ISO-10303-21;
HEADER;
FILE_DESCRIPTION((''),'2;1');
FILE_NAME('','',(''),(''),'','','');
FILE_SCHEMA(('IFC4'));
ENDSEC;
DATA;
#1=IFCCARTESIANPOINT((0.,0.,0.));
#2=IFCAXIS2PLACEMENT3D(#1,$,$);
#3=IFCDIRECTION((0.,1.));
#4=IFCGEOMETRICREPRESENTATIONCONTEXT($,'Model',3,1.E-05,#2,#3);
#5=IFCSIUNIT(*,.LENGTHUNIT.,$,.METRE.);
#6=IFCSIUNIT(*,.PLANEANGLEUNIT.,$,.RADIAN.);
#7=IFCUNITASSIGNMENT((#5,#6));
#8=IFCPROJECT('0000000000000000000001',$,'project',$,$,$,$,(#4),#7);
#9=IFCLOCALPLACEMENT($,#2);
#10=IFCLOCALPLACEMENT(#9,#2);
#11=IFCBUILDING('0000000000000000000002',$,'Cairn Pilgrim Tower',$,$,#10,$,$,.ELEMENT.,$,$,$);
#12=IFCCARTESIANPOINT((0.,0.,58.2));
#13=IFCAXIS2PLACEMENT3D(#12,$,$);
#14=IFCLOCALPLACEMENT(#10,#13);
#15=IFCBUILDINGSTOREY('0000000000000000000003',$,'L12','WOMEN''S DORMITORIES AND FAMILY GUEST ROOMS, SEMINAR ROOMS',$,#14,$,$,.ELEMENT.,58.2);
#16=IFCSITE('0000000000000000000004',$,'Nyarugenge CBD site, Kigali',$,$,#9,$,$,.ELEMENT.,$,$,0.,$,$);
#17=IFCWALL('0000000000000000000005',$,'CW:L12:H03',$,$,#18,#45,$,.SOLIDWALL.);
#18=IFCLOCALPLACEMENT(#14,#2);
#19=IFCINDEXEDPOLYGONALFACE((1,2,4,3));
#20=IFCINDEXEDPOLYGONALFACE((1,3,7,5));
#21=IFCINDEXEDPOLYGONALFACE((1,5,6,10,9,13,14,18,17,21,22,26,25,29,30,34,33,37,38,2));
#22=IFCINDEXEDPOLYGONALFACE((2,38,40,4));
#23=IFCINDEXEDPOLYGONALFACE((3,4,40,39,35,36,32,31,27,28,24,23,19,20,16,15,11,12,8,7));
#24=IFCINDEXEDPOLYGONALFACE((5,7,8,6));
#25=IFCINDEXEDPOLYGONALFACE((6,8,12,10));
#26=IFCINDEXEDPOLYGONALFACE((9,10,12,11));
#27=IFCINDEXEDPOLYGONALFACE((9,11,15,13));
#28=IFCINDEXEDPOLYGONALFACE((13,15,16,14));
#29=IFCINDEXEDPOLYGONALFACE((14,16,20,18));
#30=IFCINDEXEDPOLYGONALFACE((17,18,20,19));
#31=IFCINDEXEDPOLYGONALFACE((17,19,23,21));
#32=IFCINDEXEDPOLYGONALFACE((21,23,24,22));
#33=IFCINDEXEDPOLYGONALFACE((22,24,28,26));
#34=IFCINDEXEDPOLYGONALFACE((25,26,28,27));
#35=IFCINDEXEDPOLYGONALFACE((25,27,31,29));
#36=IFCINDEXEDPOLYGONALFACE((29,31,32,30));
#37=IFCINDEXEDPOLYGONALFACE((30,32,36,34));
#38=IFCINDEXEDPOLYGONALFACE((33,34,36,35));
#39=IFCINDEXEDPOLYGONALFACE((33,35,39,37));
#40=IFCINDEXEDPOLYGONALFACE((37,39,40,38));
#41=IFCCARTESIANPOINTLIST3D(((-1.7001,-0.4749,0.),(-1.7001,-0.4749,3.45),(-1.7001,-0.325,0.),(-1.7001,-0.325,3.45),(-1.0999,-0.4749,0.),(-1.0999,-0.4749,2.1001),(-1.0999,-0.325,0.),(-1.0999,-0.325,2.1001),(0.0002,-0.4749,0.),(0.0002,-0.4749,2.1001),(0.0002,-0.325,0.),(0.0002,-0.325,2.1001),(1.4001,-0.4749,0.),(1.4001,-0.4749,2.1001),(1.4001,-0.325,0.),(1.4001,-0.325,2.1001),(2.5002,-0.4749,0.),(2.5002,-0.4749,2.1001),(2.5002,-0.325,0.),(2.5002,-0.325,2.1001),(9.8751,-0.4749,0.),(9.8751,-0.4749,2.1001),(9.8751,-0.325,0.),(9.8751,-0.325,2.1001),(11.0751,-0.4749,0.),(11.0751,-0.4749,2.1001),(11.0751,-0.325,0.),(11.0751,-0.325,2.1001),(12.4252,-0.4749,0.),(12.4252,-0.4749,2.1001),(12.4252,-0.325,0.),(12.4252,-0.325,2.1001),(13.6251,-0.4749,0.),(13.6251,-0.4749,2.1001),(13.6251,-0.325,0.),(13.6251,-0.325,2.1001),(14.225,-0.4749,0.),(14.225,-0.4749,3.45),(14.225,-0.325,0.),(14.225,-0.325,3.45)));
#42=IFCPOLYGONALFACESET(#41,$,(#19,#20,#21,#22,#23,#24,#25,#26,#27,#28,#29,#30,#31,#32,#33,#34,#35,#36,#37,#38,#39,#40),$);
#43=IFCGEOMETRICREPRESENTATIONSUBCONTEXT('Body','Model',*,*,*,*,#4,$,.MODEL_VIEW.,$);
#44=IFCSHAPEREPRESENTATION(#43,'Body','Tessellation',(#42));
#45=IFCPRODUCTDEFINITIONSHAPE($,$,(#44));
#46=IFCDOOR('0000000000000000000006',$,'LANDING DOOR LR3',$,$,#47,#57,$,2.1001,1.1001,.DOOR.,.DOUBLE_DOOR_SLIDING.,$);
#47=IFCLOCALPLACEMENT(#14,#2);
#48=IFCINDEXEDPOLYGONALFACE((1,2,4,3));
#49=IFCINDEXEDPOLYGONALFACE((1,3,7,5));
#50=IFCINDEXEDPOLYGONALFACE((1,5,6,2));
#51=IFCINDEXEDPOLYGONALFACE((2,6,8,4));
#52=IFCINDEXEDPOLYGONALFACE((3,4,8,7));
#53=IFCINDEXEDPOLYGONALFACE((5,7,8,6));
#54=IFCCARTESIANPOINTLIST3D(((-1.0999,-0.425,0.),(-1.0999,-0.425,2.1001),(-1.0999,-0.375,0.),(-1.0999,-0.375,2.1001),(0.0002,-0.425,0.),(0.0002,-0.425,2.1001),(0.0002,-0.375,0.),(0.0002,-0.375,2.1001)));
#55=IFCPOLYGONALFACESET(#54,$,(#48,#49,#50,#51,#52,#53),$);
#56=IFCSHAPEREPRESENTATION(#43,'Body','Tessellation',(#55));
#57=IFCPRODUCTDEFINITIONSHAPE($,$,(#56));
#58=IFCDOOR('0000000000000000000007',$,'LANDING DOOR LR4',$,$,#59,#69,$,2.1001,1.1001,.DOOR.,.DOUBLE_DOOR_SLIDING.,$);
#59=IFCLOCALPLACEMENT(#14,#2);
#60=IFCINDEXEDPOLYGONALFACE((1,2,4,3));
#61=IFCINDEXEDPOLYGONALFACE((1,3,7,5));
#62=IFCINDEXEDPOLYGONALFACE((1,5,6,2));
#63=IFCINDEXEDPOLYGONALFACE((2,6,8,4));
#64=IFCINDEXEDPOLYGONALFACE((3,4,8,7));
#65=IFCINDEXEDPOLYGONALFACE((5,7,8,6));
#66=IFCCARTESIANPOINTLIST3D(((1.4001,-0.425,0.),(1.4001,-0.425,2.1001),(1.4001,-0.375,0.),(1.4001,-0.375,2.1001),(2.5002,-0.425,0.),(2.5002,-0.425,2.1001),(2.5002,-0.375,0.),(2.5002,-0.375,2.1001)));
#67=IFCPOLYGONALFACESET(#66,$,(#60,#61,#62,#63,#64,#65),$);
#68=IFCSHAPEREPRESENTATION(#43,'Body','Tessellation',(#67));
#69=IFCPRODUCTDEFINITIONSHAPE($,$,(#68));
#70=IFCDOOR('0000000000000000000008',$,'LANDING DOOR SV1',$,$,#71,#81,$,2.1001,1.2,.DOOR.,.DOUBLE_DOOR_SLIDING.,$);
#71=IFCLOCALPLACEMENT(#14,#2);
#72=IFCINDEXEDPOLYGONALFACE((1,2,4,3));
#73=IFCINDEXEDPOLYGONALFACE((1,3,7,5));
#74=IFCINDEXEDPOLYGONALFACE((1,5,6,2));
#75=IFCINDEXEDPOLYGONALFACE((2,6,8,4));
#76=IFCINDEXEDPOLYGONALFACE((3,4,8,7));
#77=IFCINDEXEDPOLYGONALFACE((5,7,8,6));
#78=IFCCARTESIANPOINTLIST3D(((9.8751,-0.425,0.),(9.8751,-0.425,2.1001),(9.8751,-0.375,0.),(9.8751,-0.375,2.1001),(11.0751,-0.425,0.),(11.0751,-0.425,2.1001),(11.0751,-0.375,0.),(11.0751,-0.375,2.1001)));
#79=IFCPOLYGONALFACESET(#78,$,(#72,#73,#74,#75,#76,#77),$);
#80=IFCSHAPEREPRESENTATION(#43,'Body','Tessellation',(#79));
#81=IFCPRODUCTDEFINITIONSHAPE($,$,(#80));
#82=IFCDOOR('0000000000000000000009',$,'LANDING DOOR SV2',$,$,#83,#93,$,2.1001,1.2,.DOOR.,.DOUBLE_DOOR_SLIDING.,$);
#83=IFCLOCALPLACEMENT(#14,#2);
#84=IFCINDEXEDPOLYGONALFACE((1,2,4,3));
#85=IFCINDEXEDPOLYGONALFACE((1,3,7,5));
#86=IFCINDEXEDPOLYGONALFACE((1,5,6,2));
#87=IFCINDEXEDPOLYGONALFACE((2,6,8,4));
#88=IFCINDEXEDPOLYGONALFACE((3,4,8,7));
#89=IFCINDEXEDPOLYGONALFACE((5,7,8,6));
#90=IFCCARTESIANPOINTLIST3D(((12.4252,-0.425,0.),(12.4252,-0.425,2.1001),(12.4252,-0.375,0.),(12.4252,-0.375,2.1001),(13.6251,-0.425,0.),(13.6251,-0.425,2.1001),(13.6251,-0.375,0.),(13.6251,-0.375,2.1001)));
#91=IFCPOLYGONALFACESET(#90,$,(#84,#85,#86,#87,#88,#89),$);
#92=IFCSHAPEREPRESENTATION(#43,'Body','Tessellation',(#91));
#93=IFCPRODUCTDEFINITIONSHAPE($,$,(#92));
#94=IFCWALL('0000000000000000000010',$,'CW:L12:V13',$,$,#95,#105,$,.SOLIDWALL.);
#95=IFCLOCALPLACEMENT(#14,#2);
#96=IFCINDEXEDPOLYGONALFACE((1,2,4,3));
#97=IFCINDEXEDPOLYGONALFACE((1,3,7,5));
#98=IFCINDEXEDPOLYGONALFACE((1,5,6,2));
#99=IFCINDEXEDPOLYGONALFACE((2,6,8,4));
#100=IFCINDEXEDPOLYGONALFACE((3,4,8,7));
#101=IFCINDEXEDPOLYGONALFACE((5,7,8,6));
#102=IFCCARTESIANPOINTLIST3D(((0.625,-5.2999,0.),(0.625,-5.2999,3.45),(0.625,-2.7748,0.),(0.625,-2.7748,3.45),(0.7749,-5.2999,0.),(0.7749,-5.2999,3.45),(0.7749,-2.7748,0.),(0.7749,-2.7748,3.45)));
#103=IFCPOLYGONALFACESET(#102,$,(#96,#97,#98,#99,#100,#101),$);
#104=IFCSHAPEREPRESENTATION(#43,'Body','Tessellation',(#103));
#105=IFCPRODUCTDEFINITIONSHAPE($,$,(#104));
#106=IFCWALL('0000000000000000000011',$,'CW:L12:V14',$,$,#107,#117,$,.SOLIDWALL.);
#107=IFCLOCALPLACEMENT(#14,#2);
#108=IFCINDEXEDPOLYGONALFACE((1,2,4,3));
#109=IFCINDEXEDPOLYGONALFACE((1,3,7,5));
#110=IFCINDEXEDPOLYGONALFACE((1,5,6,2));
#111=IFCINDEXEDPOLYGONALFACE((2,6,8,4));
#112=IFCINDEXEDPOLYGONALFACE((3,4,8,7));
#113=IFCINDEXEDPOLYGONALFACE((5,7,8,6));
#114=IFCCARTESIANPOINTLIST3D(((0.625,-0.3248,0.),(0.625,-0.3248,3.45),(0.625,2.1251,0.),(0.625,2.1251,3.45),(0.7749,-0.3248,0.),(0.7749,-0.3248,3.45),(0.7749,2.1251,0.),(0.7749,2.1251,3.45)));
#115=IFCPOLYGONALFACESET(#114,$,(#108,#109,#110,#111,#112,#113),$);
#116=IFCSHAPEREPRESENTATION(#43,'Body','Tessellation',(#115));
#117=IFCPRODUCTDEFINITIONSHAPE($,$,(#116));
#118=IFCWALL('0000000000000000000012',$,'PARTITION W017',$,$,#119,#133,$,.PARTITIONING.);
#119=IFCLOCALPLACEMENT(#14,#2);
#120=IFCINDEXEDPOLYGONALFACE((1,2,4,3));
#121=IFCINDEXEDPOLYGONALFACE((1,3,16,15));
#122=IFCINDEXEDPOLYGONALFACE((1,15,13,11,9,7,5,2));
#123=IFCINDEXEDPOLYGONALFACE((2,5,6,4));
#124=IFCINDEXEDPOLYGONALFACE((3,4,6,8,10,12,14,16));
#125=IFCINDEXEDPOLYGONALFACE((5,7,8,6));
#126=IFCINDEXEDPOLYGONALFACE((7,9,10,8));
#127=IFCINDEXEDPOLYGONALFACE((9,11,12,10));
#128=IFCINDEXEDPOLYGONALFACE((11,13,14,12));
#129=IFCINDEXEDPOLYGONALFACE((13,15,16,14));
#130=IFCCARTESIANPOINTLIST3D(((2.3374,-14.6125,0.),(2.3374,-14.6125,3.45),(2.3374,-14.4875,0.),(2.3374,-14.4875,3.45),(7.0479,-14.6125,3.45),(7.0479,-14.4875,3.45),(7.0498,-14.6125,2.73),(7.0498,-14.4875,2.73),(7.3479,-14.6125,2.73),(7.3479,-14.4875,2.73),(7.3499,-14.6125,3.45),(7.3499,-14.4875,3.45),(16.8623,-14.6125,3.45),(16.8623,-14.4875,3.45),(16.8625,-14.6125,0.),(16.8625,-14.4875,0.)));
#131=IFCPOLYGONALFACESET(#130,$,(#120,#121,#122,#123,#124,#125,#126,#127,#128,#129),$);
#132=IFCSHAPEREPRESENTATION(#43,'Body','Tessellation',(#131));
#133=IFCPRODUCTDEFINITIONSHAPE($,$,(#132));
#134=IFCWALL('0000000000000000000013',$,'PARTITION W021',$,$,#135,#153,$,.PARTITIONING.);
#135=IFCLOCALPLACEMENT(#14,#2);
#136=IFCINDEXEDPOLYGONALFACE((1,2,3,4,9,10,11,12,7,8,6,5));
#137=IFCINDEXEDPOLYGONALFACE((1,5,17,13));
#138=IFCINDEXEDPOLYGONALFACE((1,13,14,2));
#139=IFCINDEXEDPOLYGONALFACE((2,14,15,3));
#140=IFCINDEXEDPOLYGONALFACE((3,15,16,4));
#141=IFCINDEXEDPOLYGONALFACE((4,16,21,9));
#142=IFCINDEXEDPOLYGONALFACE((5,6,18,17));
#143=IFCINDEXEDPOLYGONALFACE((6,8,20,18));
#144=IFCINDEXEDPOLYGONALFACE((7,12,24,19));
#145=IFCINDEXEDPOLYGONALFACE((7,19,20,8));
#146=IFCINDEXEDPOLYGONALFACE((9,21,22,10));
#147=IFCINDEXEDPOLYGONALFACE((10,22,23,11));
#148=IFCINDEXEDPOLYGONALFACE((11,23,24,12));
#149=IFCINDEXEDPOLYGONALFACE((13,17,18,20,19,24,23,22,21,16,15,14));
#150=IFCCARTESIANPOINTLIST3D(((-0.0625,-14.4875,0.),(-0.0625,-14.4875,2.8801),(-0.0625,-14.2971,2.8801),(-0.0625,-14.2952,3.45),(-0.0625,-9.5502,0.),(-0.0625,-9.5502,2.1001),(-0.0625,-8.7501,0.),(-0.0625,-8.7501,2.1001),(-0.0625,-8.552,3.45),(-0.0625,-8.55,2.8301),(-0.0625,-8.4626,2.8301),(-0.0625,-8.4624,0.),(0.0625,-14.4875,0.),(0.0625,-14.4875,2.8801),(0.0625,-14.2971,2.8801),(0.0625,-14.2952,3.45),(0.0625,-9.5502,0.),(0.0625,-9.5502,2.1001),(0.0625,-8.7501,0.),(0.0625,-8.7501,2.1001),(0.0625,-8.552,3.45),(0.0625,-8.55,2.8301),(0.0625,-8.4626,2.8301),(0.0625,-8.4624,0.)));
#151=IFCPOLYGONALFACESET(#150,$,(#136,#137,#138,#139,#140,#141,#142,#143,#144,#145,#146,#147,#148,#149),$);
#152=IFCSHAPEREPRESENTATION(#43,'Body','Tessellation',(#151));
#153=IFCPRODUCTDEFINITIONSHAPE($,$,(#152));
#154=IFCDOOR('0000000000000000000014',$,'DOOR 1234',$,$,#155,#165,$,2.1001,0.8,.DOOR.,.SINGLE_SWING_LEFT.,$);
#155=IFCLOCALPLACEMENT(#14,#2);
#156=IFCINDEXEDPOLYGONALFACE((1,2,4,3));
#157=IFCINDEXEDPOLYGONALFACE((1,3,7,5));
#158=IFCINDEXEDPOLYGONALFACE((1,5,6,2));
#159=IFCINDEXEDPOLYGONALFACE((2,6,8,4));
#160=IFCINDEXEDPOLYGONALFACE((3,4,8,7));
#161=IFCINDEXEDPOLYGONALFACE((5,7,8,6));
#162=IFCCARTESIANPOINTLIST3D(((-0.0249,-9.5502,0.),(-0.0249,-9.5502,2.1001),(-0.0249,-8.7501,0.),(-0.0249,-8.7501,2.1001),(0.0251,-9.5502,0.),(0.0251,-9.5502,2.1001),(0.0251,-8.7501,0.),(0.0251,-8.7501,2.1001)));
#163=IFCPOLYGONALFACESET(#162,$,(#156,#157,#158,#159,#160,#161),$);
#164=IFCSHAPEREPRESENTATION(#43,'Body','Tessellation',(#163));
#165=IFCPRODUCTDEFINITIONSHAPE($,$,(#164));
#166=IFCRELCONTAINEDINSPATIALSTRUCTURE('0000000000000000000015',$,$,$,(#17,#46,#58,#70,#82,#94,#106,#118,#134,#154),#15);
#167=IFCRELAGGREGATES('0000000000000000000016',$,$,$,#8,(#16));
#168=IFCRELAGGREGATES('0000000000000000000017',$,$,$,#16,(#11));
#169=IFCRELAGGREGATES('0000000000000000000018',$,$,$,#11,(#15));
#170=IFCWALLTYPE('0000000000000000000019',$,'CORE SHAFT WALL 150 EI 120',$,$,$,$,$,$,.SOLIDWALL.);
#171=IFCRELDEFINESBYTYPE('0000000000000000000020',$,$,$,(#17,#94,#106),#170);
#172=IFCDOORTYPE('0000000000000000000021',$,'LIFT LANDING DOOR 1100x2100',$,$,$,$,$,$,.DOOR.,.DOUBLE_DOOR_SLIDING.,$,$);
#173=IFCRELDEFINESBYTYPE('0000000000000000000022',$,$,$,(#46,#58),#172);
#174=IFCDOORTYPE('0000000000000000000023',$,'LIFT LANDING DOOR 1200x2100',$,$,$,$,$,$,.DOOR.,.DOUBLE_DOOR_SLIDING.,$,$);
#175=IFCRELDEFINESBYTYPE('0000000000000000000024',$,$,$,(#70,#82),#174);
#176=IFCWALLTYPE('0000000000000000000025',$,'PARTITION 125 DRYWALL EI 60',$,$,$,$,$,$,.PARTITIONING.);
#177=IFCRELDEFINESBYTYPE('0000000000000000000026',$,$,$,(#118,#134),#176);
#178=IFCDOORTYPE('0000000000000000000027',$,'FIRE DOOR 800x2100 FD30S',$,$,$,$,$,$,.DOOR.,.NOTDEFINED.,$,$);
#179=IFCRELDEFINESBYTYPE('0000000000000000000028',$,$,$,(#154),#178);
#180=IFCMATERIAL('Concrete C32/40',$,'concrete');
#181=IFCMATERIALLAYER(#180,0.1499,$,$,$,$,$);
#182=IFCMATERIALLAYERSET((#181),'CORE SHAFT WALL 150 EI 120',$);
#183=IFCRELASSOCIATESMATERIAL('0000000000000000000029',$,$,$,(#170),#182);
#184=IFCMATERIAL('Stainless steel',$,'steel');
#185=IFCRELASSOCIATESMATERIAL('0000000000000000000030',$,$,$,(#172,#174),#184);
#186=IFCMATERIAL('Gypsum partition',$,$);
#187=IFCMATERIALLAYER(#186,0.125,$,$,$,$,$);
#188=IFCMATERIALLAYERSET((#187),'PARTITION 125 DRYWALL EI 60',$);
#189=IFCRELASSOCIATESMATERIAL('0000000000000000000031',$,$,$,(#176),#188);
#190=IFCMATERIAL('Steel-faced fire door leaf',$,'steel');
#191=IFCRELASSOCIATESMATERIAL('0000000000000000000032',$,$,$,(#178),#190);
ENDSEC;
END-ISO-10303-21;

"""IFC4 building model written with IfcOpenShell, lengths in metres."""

from ifc_helpers import new_model, si_unit, direction, frame, frame_2d, origin, place, context, subcontext, project, spatial, polyline, rectangle, outline, extrude, material, layer, layer_set, type_object, element, fill, save


model = new_model("IFC4")

# Units and contexts
model_context = context("Model", 3, precision=1e-05, world=origin(), true_north=direction((0.0, 1.0)))
body_context = subcontext(model_context, "Body", "Model", "MODEL_VIEW")
ifc_project = project(units=[si_unit("LENGTHUNIT", "METRE"), si_unit("PLANEANGLEUNIT", "RADIAN")], contexts=[model_context])

# Site, building, storey
site_placement = place(None, origin())
site = spatial("IfcSite", under=ifc_project, at=site_placement, Name="Nyarugenge CBD site, Kigali", CompositionType="ELEMENT", RefElevation=0.0)
building_placement = place(site_placement, origin())
building = spatial("IfcBuilding", under=site, at=building_placement, Name="Cairn Pilgrim Tower", CompositionType="ELEMENT")
storey_placement = place(building_placement, frame((0.0, 0.0, 58.2)))
storey = spatial("IfcBuildingStorey", under=building, at=storey_placement, Name="L12", Description="WOMEN'S DORMITORIES AND FAMILY GUEST ROOMS, SEMINAR ROOMS", CompositionType="ELEMENT", Elevation=58.2)

# Shared definitions
ifc_material_1 = material(Name="Concrete C32/40", Category="concrete")

# Wall, openings, doors
ifc_layer_1 = layer(ifc_material_1, 0.1499)
ifc_layer_set_1 = layer_set([ifc_layer_1], Name="CORE SHAFT WALL 150 EI 120")
wall_type_1 = type_object("IfcWallType", Name="CORE SHAFT WALL 150 EI 120", PredefinedType="SOLIDWALL", material=ifc_layer_set_1)
ifc_material_2 = material(Name="Stainless steel", Category="steel")
door_type_1 = type_object("IfcDoorType", Name="LIFT LANDING DOOR 1100x2100", OperationType="DOUBLE_DOOR_SLIDING", PredefinedType="DOOR", material=ifc_material_2)
wall_1_placement = place(storey_placement, frame((-1.7, -0.3999, 0.0), z_axis=(0.0, 0.0, 1.0), x_axis=(1.0, 0.0, 0.0)))
wall_1 = element("IfcWall", 1, at=wall_1_placement, inside=storey, type_object=wall_type_1, Name="CW:L12:H03", PredefinedType="SOLIDWALL", context=body_context, shape_type="SweptSolid", body=[
    extrude(rectangle(XDim=15.925, YDim=0.1499, at=frame_2d((7.9624, 0.0))), origin(), (0.0, 0.0, 1.0), 3.45),
])
opening_1_placement = place(wall_1_placement, frame((0.6001, 0.0, 0.0)))
opening_1 = element("IfcOpeningElement", 2, at=opening_1_placement, cuts=wall_1, PredefinedType="OPENING", context=body_context, shape_type="SweptSolid", body=[
    extrude(rectangle(XDim=1.1001, YDim=2.1001, at=frame_2d((0.55, 1.05))), frame((0.0, 0.085, 0.0), z_axis=(0.0, -1.0, 0.0), x_axis=(1.0, 0.0, 0.0)), (0.0, 0.0, 1.0), 0.1699),
])
opening_2_placement = place(wall_1_placement, frame((3.1001, 0.0, 0.0)))
opening_2 = element("IfcOpeningElement", 3, at=opening_2_placement, cuts=wall_1, PredefinedType="OPENING", context=body_context, shape_type="SweptSolid", body=[
    extrude(rectangle(XDim=1.1001, YDim=2.1001, at=frame_2d((0.55, 1.05))), frame((0.0, 0.085, 0.0), z_axis=(0.0, -1.0, 0.0), x_axis=(1.0, 0.0, 0.0)), (0.0, 0.0, 1.0), 0.1699),
])
opening_3_placement = place(wall_1_placement, frame((11.575, 0.0, 0.0)))
opening_3 = element("IfcOpeningElement", 4, at=opening_3_placement, cuts=wall_1, PredefinedType="OPENING", context=body_context, shape_type="SweptSolid", body=[
    extrude(rectangle(XDim=1.2, YDim=2.1001, at=frame_2d((0.6001, 1.05))), frame((0.0, 0.085, 0.0), z_axis=(0.0, -1.0, 0.0), x_axis=(1.0, 0.0, 0.0)), (0.0, 0.0, 1.0), 0.1699),
])
opening_4_placement = place(wall_1_placement, frame((14.125, 0.0, 0.0)))
opening_4 = element("IfcOpeningElement", 5, at=opening_4_placement, cuts=wall_1, PredefinedType="OPENING", context=body_context, shape_type="SweptSolid", body=[
    extrude(rectangle(XDim=1.2, YDim=2.1001, at=frame_2d((0.6001, 1.05))), frame((0.0, 0.085, 0.0), z_axis=(0.0, -1.0, 0.0), x_axis=(1.0, 0.0, 0.0)), (0.0, 0.0, 1.0), 0.1699),
])
door_1_placement = place(opening_1_placement, origin())
door_1 = element("IfcDoor", 6, at=door_1_placement, inside=storey, type_object=door_type_1, Name="LANDING DOOR LR3", OperationType="DOUBLE_DOOR_SLIDING", OverallHeight=2.1001, OverallWidth=1.1001, PredefinedType="DOOR", context=body_context, shape_type="SweptSolid", body=[
    extrude(rectangle(XDim=1.1001, YDim=2.1001, at=frame_2d((0.55, 1.05))), frame((0.0, 0.0249, 0.0), z_axis=(0.0, -1.0, 0.0), x_axis=(1.0, 0.0, 0.0)), (0.0, 0.0, 1.0), 0.05),
])
fill(opening_1, door_1)
door_2_placement = place(opening_2_placement, origin())
door_2 = element("IfcDoor", 7, at=door_2_placement, inside=storey, type_object=door_type_1, Name="LANDING DOOR LR4", OperationType="DOUBLE_DOOR_SLIDING", OverallHeight=2.1001, OverallWidth=1.1001, PredefinedType="DOOR", context=body_context, shape_type="SweptSolid", body=[
    extrude(rectangle(XDim=1.1001, YDim=2.1001, at=frame_2d((0.55, 1.05))), frame((0.0, 0.0249, 0.0), z_axis=(0.0, -1.0, 0.0), x_axis=(1.0, 0.0, 0.0)), (0.0, 0.0, 1.0), 0.05),
])
fill(opening_2, door_2)
door_type_2 = type_object("IfcDoorType", Name="LIFT LANDING DOOR 1200x2100", OperationType="DOUBLE_DOOR_SLIDING", PredefinedType="DOOR", material=ifc_material_2)
door_3_placement = place(opening_3_placement, origin())
door_3 = element("IfcDoor", 8, at=door_3_placement, inside=storey, type_object=door_type_2, Name="LANDING DOOR SV1", OperationType="DOUBLE_DOOR_SLIDING", OverallHeight=2.1001, OverallWidth=1.2, PredefinedType="DOOR", context=body_context, shape_type="SweptSolid", body=[
    extrude(rectangle(XDim=1.2, YDim=2.1001, at=frame_2d((0.6001, 1.05))), frame((0.0, 0.0249, 0.0), z_axis=(0.0, -1.0, 0.0), x_axis=(1.0, 0.0, 0.0)), (0.0, 0.0, 1.0), 0.05),
])
fill(opening_3, door_3)
door_4_placement = place(opening_4_placement, origin())
door_4 = element("IfcDoor", 9, at=door_4_placement, inside=storey, type_object=door_type_2, Name="LANDING DOOR SV2", OperationType="DOUBLE_DOOR_SLIDING", OverallHeight=2.1001, OverallWidth=1.2, PredefinedType="DOOR", context=body_context, shape_type="SweptSolid", body=[
    extrude(rectangle(XDim=1.2, YDim=2.1001, at=frame_2d((0.6001, 1.05))), frame((0.0, 0.0249, 0.0), z_axis=(0.0, -1.0, 0.0), x_axis=(1.0, 0.0, 0.0)), (0.0, 0.0, 1.0), 0.05),
])
fill(opening_4, door_4)

# Walls
wall_2_placement = place(storey_placement, frame((0.7, -5.3, 0.0), z_axis=(0.0, 0.0, 1.0), x_axis=(0.0, 1.0, 0.0)))
element("IfcWall", 10, at=wall_2_placement, inside=storey, type_object=wall_type_1, Name="CW:L12:V13", PredefinedType="SOLIDWALL", context=body_context, shape_type="SweptSolid", body=[
    extrude(rectangle(XDim=2.5251, YDim=0.1499, at=frame_2d((1.2627, 0.0))), origin(), (0.0, 0.0, 1.0), 3.45),
])
wall_3_placement = place(storey_placement, frame((0.7, -0.325, 0.0), z_axis=(0.0, 0.0, 1.0), x_axis=(0.0, 1.0, 0.0)))
element("IfcWall", 11, at=wall_3_placement, inside=storey, type_object=wall_type_1, Name="CW:L12:V14", PredefinedType="SOLIDWALL", context=body_context, shape_type="SweptSolid", body=[
    extrude(rectangle(XDim=2.45, YDim=0.1499, at=frame_2d((1.2251, 0.0))), origin(), (0.0, 0.0, 1.0), 3.45),
])
ifc_material_3 = material(Name="Gypsum partition")
ifc_layer_2 = layer(ifc_material_3, 0.125)
ifc_layer_set_2 = layer_set([ifc_layer_2], Name="PARTITION 125 DRYWALL EI 60")
wall_type_2 = type_object("IfcWallType", Name="PARTITION 125 DRYWALL EI 60", PredefinedType="PARTITIONING", material=ifc_layer_set_2)
wall_4_placement = place(storey_placement, frame((2.3374, -14.55, 0.0), z_axis=(0.0, 0.0, 1.0), x_axis=(1.0, 0.0, 0.0)))
element("IfcWall", 12, at=wall_4_placement, inside=storey, type_object=wall_type_2, Name="PARTITION W017", PredefinedType="PARTITIONING", context=body_context, shape_type="SweptSolid", body=[
    extrude(outline(polyline([(0.0, 0.0), (14.5251, 0.0), (14.5249, 3.45), (5.0125, 3.45), (5.0105, 2.73), (4.7124, 2.73), (4.7104, 3.45), (0.0, 3.45), (0.0, 0.0)])), frame((0.0, 0.0625, 0.0), z_axis=(0.0, -1.0, 0.0), x_axis=(1.0, 0.0, 0.0)), (0.0, 0.0, 1.0), 0.125),
])

# Wall, opening, door
wall_5_placement = place(storey_placement, frame((0.0, -14.4875, 0.0), z_axis=(0.0, 0.0, 1.0), x_axis=(0.0, 1.0, 0.0)))
wall_5 = element("IfcWall", 13, at=wall_5_placement, inside=storey, type_object=wall_type_2, Name="PARTITION W021", PredefinedType="PARTITIONING", context=body_context, shape_type="SweptSolid", body=[
    extrude(outline(polyline([(0.0, 0.0), (6.0251, 0.0), (6.0249, 2.8301), (5.9375, 2.8301), (5.9355, 3.45), (0.1924, 3.45), (0.1904, 2.8801), (0.0, 2.8801), (0.0, 0.0)])), frame((0.0, 0.0625, 0.0), z_axis=(0.0, -1.0, 0.0), x_axis=(1.0, 0.0, 0.0)), (0.0, 0.0, 1.0), 0.125),
])
opening_5_placement = place(wall_5_placement, frame((4.9375, 0.0, 0.0)))
opening_5 = element("IfcOpeningElement", 14, at=opening_5_placement, cuts=wall_5, PredefinedType="OPENING", context=body_context, shape_type="SweptSolid", body=[
    extrude(rectangle(XDim=0.8, YDim=2.1001, at=frame_2d((0.3999, 1.05))), frame((0.0, 0.0725, 0.0), z_axis=(0.0, -1.0, 0.0), x_axis=(1.0, 0.0, 0.0)), (0.0, 0.0, 1.0), 0.145),
])
ifc_material_4 = material(Name="Steel-faced fire door leaf", Category="steel")
door_type_3 = type_object("IfcDoorType", Name="FIRE DOOR 800x2100 FD30S", OperationType="NOTDEFINED", PredefinedType="DOOR", material=ifc_material_4)
door_5_placement = place(opening_5_placement, origin())
door_5 = element("IfcDoor", 15, at=door_5_placement, inside=storey, type_object=door_type_3, Name="DOOR 1234", OperationType="SINGLE_SWING_LEFT", OverallHeight=2.1001, OverallWidth=0.8, PredefinedType="DOOR", context=body_context, shape_type="SweptSolid", body=[
    extrude(rectangle(XDim=0.8, YDim=2.1001, at=frame_2d((0.3999, 1.05))), frame((0.0, 0.0249, 0.0), z_axis=(0.0, -1.0, 0.0), x_axis=(1.0, 0.0, 0.0)), (0.0, 0.0, 1.0), 0.05),
])
fill(opening_5, door_5)

save(model, "model.ifc")
